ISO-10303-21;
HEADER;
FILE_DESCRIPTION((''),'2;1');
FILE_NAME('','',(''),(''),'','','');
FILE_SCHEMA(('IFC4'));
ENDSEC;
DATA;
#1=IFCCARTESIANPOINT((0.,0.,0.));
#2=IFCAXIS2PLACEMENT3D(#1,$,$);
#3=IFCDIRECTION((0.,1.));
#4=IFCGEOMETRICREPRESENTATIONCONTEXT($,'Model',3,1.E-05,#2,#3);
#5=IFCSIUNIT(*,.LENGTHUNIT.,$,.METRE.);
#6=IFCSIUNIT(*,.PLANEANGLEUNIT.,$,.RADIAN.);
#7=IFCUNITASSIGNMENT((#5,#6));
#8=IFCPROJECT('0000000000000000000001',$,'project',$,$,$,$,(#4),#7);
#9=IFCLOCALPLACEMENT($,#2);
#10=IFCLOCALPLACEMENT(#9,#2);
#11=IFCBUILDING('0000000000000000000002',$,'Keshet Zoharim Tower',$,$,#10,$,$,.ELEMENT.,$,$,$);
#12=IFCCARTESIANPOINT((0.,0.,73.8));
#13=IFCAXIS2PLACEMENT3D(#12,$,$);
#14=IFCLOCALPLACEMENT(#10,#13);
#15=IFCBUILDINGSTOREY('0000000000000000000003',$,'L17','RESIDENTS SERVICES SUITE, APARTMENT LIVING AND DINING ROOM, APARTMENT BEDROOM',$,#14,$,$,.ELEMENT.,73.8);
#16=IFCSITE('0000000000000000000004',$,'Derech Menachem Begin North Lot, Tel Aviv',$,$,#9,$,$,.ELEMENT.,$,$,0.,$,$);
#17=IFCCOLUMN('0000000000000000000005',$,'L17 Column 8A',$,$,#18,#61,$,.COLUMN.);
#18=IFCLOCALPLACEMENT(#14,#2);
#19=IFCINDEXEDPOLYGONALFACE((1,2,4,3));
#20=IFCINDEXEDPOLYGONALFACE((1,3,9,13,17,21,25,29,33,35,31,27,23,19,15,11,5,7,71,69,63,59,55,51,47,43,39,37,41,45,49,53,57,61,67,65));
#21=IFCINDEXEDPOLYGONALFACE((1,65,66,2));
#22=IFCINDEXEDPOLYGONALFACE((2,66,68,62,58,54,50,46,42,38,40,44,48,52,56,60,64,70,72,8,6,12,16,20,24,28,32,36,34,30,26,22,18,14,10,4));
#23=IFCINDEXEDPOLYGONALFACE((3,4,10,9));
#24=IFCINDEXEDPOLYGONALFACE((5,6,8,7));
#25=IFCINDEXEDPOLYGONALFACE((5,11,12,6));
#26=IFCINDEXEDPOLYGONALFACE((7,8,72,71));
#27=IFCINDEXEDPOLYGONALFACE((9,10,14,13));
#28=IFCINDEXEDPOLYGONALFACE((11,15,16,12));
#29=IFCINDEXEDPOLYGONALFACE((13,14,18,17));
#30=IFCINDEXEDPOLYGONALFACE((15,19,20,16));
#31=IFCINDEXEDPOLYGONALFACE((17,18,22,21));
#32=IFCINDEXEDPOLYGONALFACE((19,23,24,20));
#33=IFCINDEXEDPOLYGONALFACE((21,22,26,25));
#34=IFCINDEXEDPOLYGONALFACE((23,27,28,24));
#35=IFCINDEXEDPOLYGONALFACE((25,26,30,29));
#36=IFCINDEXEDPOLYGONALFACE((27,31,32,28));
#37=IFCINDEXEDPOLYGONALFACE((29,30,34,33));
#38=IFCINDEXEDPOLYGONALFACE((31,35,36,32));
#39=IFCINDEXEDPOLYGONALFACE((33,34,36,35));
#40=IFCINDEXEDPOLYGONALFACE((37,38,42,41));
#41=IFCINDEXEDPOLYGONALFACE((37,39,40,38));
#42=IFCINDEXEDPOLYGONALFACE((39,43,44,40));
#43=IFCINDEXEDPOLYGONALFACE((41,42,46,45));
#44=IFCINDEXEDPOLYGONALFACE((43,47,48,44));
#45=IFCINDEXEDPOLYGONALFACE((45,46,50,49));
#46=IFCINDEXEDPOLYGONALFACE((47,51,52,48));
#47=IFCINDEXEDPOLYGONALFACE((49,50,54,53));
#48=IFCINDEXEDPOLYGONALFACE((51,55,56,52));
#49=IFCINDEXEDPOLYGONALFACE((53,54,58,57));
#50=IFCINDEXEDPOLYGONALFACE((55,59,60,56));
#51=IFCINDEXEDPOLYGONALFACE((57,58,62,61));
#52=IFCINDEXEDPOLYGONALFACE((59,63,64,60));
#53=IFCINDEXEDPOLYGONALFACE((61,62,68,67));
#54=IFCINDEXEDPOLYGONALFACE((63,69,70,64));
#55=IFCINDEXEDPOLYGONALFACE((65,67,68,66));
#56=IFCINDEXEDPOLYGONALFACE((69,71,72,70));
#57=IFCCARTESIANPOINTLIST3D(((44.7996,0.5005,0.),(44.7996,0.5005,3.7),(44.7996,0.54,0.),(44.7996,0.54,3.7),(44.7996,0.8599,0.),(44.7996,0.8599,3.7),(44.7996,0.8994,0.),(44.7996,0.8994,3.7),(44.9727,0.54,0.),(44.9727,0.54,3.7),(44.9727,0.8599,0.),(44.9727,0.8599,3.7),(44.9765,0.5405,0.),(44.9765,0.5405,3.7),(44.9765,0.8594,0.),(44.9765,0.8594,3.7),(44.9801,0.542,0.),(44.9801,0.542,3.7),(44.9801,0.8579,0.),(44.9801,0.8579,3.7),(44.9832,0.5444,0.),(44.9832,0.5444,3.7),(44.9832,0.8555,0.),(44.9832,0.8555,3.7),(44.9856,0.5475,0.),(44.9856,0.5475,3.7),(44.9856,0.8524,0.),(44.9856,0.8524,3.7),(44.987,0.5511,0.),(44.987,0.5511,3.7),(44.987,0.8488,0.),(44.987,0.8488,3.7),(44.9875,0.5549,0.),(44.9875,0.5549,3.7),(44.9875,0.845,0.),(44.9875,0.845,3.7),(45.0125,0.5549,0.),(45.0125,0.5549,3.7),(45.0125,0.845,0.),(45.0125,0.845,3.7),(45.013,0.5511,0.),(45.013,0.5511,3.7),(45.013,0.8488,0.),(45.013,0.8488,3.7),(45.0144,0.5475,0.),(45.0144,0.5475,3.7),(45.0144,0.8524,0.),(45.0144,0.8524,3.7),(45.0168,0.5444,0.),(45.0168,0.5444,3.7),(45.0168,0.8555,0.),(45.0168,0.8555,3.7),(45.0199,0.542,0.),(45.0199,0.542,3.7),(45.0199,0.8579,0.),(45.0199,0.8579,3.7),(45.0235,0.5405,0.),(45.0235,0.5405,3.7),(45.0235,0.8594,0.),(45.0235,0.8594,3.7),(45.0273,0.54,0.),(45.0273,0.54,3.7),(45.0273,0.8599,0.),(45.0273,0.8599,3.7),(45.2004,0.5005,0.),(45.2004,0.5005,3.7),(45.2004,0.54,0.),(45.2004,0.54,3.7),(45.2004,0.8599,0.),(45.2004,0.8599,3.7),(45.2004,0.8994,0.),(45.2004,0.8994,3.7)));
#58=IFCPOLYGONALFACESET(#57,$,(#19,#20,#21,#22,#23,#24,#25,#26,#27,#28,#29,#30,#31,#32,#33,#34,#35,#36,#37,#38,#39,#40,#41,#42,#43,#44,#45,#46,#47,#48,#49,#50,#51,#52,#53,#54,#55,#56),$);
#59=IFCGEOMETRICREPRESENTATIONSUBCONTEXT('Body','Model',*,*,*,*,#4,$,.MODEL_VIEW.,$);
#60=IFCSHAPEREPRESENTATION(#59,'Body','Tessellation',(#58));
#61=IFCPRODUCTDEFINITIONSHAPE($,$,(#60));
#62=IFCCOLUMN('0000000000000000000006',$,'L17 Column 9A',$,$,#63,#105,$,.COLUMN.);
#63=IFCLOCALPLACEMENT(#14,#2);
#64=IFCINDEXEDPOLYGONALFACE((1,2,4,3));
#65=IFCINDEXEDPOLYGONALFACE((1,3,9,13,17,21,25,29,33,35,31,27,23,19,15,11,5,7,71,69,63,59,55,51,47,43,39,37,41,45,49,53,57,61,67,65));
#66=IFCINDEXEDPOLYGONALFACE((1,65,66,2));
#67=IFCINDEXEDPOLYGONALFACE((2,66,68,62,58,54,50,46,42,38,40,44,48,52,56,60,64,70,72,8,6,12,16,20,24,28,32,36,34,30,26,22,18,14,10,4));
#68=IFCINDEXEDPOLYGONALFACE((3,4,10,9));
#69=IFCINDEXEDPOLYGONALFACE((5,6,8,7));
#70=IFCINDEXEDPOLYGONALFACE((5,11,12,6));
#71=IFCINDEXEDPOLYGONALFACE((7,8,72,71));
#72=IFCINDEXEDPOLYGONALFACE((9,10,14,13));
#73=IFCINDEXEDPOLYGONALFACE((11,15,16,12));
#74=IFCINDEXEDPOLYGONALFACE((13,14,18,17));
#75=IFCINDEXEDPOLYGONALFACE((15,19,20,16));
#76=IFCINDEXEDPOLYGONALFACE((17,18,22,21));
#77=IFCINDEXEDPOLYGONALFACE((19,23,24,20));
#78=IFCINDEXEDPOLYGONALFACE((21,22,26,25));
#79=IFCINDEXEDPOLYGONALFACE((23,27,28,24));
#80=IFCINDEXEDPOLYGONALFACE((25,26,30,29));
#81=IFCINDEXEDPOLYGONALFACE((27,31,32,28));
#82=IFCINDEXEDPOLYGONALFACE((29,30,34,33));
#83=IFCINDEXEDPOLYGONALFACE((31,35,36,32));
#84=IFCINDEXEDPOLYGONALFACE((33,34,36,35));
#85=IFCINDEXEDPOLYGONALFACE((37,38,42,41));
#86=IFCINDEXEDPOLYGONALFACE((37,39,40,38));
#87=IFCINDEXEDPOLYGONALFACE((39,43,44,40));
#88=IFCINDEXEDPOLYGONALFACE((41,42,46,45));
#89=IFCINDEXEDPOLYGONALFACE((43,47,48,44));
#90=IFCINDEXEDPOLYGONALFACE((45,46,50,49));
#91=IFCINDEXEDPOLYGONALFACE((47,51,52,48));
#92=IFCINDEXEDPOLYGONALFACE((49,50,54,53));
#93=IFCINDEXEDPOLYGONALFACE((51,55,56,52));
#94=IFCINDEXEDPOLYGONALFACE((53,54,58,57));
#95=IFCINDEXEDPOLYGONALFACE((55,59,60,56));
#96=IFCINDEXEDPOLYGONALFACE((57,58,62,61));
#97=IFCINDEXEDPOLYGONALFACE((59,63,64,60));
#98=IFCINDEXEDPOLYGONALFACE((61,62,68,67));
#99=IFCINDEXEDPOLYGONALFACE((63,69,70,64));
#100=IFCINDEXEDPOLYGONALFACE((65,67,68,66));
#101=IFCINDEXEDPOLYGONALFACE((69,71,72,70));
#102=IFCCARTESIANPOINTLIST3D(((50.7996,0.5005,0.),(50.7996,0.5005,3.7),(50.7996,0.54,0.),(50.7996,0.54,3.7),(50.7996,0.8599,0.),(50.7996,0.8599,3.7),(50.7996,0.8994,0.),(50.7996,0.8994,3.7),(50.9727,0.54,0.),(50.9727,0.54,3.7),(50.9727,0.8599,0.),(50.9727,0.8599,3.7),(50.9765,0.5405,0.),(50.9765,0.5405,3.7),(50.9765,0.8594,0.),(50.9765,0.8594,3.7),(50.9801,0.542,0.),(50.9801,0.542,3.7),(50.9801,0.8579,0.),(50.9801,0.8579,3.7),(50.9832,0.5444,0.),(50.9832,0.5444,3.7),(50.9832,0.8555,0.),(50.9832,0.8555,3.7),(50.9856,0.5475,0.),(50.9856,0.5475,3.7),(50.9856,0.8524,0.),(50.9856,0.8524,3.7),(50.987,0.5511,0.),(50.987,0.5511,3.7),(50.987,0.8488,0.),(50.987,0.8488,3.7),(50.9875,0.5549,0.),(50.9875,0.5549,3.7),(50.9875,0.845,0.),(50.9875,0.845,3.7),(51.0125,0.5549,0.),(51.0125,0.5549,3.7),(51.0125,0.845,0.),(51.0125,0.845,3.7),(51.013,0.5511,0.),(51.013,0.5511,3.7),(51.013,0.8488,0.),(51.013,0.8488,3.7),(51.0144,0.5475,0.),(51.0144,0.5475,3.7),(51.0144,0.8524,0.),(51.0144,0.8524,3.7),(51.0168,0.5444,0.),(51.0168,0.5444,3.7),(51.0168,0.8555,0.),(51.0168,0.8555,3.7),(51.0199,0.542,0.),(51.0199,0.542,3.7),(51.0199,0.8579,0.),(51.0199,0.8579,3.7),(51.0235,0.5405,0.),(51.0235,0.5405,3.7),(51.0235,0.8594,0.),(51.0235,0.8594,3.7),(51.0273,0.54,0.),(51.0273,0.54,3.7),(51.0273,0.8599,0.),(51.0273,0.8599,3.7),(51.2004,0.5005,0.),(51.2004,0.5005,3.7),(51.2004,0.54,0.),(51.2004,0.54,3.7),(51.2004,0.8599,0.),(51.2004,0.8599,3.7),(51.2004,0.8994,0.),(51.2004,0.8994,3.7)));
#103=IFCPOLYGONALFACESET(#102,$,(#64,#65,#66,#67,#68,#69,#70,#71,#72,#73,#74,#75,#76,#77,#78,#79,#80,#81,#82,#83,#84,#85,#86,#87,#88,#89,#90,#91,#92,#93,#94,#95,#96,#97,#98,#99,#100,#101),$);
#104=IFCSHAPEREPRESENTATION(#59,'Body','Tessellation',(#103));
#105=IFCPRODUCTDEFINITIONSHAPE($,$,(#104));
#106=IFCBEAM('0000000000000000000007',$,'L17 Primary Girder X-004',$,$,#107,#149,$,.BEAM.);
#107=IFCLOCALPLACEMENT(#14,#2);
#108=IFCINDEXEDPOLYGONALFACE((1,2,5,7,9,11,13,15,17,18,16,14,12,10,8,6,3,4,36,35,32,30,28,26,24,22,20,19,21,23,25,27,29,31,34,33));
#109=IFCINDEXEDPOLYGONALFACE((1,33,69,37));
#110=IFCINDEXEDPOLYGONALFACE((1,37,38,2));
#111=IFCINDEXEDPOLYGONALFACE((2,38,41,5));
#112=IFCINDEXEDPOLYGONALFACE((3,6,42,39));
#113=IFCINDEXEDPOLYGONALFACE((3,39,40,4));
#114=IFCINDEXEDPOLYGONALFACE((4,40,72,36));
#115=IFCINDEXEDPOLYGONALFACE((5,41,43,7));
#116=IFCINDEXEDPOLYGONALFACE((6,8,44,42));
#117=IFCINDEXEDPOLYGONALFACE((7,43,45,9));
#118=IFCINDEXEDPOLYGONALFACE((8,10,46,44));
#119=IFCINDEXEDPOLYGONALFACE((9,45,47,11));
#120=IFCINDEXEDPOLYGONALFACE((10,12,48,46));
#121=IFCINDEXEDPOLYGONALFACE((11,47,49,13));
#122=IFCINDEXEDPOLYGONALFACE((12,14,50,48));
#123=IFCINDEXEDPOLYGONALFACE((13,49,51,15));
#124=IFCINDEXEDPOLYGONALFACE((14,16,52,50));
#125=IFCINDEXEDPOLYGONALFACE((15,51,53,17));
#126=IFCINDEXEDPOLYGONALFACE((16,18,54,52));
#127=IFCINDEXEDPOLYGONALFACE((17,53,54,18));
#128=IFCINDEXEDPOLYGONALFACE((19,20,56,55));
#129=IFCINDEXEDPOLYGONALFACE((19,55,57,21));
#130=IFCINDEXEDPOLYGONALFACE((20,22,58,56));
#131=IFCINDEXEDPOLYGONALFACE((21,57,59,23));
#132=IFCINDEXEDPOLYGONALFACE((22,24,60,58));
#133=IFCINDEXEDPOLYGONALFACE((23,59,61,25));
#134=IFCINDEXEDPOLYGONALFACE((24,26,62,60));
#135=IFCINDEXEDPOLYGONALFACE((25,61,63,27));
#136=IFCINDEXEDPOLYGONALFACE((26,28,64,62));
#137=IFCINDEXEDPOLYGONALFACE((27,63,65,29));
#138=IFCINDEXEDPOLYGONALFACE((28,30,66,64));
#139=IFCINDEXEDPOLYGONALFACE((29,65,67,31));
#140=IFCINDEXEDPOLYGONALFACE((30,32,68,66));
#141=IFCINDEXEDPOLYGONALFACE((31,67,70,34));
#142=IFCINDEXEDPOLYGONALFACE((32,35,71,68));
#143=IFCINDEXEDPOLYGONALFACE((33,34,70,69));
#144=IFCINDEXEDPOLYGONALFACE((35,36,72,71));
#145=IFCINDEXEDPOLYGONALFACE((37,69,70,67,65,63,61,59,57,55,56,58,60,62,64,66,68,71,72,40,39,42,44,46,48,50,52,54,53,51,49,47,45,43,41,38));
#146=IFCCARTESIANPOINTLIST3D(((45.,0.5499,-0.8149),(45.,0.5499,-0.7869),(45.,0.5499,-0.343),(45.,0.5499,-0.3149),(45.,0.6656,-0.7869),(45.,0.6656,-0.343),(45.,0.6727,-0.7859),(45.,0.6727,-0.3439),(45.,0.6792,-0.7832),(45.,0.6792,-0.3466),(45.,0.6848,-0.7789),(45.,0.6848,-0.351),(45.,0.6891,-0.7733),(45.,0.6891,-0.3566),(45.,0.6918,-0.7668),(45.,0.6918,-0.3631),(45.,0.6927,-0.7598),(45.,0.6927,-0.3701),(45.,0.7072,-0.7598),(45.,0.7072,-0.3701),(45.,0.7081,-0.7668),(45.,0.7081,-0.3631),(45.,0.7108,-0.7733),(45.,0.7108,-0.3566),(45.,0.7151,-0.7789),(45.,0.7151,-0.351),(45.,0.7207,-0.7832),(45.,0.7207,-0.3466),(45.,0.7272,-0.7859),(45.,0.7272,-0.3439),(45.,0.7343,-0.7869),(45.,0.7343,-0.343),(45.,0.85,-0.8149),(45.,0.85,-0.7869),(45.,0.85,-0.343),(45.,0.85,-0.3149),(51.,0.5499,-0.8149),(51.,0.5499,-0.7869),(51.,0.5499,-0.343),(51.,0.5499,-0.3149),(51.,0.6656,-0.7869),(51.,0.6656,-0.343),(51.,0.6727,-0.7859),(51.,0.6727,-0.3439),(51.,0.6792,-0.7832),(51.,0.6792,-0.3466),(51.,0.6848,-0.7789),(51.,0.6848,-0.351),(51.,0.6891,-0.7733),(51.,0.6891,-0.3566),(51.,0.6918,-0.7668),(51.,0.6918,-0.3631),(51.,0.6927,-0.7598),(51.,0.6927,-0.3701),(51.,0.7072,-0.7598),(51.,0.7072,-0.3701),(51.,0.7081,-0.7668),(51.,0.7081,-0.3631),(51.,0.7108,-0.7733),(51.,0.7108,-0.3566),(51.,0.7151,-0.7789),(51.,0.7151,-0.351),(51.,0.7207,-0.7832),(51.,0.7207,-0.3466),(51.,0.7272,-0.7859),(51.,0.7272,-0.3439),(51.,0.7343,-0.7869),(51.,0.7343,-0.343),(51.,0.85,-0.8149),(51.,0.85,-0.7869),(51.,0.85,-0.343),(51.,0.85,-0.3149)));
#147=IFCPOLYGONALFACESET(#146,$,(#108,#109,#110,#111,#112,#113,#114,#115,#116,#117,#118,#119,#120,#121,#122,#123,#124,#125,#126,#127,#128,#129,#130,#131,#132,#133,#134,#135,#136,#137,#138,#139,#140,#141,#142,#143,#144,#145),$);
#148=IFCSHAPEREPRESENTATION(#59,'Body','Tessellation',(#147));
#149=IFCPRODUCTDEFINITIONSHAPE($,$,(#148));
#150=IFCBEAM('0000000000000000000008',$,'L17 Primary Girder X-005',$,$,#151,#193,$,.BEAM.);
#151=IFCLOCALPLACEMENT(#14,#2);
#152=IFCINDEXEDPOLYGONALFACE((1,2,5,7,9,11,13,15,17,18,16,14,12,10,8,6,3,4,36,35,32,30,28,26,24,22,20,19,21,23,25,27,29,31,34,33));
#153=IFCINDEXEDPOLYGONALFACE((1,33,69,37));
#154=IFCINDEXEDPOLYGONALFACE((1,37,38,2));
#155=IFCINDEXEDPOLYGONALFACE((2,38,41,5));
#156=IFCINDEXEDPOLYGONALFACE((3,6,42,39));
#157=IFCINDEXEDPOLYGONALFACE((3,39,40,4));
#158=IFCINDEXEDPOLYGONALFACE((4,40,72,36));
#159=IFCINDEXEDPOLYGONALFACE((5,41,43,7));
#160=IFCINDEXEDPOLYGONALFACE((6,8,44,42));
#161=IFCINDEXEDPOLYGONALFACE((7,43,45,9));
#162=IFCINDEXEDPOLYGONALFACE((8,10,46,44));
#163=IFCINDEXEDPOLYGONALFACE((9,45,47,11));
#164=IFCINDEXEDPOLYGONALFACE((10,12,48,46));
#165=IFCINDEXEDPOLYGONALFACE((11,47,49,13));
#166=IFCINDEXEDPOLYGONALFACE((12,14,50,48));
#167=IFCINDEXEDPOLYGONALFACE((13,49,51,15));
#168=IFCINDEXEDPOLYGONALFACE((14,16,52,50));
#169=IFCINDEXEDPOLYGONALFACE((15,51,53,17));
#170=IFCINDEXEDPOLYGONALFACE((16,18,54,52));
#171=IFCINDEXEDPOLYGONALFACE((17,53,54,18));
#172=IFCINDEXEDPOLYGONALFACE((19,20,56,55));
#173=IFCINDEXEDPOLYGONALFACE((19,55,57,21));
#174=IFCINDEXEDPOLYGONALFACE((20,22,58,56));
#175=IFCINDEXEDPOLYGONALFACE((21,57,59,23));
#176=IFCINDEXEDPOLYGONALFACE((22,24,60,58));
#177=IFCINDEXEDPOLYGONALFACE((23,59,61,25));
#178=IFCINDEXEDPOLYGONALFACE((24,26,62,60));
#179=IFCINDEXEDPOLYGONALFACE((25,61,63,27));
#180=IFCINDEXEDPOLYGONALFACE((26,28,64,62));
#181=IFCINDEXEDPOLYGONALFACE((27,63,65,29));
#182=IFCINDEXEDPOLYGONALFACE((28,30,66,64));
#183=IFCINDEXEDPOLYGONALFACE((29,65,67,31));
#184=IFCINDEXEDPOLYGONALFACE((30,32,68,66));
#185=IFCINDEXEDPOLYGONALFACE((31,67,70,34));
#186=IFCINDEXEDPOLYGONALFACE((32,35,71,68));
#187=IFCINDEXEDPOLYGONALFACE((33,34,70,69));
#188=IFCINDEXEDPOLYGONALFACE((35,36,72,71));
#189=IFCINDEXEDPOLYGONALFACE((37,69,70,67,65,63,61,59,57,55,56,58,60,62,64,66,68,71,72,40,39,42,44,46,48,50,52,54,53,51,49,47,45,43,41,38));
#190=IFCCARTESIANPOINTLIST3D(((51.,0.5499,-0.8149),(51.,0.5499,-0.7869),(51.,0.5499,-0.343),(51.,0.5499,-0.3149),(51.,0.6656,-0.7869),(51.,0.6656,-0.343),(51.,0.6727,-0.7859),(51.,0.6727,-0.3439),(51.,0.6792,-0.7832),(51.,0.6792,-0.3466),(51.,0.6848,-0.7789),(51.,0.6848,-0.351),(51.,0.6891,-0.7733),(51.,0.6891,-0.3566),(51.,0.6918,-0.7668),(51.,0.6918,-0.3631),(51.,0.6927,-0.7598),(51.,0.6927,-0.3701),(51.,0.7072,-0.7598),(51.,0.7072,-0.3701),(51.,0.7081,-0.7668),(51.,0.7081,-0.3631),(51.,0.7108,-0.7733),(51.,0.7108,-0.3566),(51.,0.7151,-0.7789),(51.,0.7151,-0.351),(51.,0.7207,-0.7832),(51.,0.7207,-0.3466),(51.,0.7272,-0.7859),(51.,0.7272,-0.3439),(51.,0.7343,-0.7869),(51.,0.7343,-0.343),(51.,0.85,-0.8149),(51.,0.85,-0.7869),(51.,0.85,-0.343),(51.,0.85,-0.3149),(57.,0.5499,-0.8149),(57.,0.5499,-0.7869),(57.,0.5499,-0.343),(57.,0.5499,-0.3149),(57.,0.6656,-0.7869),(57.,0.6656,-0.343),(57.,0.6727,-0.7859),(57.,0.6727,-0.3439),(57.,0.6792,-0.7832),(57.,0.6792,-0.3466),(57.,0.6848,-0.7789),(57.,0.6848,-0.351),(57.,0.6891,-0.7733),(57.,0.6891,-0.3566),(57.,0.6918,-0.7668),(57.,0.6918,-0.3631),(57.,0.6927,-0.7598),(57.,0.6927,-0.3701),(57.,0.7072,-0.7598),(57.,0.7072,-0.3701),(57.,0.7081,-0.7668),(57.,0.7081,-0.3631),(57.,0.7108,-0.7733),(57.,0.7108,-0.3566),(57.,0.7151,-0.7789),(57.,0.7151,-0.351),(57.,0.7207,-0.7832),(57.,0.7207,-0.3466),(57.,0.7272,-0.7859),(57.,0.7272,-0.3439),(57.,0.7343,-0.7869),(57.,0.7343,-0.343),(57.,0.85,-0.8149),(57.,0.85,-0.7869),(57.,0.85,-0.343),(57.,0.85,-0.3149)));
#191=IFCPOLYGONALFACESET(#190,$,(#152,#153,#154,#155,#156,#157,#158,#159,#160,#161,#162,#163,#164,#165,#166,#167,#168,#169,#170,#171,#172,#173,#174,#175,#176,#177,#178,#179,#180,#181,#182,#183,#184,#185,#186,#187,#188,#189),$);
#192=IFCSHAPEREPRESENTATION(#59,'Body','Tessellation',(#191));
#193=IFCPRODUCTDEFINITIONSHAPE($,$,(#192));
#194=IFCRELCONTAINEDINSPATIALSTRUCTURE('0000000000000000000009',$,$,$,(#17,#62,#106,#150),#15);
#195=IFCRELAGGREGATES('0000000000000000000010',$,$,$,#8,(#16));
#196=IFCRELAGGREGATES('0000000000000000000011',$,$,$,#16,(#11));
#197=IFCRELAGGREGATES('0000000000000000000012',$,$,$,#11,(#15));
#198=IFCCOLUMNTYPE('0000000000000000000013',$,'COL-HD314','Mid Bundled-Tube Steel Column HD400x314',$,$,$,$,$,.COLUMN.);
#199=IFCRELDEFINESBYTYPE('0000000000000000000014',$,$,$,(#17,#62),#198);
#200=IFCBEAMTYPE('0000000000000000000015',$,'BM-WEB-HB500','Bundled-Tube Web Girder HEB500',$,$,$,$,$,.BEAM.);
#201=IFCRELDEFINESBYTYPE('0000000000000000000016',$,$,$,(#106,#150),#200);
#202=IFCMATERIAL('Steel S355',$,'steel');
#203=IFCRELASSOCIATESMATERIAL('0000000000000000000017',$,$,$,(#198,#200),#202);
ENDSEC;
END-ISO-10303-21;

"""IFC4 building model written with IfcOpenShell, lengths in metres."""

from ifc_helpers import new_model, si_unit, direction, frame, origin, origin_2d, place, context, subcontext, project, spatial, i_section, extrude, material, material_profile, profile_set, type_object, element, save


model = new_model("IFC4")

# Units and contexts
model_context = context("Model", 3, precision=1e-05, world=origin(), true_north=direction((0.0, 1.0)))
body_context = subcontext(model_context, "Body", "Model", "MODEL_VIEW")
ifc_project = project(units=[si_unit("LENGTHUNIT", "METRE"), si_unit("PLANEANGLEUNIT", "RADIAN")], contexts=[model_context])

# Site, building, storey
site_placement = place(None, origin())
site = spatial("IfcSite", under=ifc_project, at=site_placement, Name="Derech Menachem Begin North Lot, Tel Aviv", CompositionType="ELEMENT", RefElevation=0.0)
building_placement = place(site_placement, origin())
building = spatial("IfcBuilding", under=site, at=building_placement, Name="Keshet Zoharim Tower", CompositionType="ELEMENT")
storey_placement = place(building_placement, frame((0.0, 0.0, 73.8)))
storey = spatial("IfcBuildingStorey", under=building, at=storey_placement, Name="L17", Description="RESIDENTS SERVICES SUITE, APARTMENT LIVING AND DINING ROOM, APARTMENT BEDROOM", CompositionType="ELEMENT", Elevation=73.8)

# Columns
ifc_material_1 = material(Name="Steel S355", Category="steel")
ifc_material_profile_1 = material_profile(ifc_material_1, i_section(OverallWidth=0.4009, OverallDepth=0.3989, WebThickness=0.0249, FlangeThickness=0.0396, FilletRadius=0.0149, at=origin_2d()), Name="HD400x314")
ifc_profile_set_1 = profile_set([ifc_material_profile_1], Name="Steel S355")
column_type = type_object("IfcColumnType", Name="COL-HD314", Description="Mid Bundled-Tube Steel Column HD400x314", PredefinedType="COLUMN", material=ifc_profile_set_1)
for number, where, z_axis, x_axis, name in (
    (1, (45.0, 0.7, 0.0), (0.0, 0.0, 1.0), (1.0, 0.0, 0.0), "L17 Column 8A"),
    (2, (51.0, 0.7, 0.0), (0.0, 0.0, 1.0), (1.0, 0.0, 0.0), "L17 Column 9A"),
):
    element("IfcColumn", number, at=place(storey_placement, frame(where, z_axis=z_axis, x_axis=x_axis)), inside=storey, type_object=column_type, Name=name, PredefinedType="COLUMN", context=body_context, shape_type="SweptSolid", body=[
        extrude(i_section(OverallWidth=0.4009, OverallDepth=0.3989, WebThickness=0.0249, FlangeThickness=0.0396, FilletRadius=0.0149, at=origin_2d()), origin(), (0.0, 0.0, 1.0), 3.7),
    ])

# Beams
ifc_material_profile_2 = material_profile(ifc_material_1, i_section(OverallWidth=0.3, OverallDepth=0.5, WebThickness=0.0144, FlangeThickness=0.0281, FilletRadius=0.0271, at=origin_2d()), Name="HEB500")
ifc_profile_set_2 = profile_set([ifc_material_profile_2], Name="Steel S355")
beam_type = type_object("IfcBeamType", Name="BM-WEB-HB500", Description="Bundled-Tube Web Girder HEB500", PredefinedType="BEAM", material=ifc_profile_set_2)
for number, where, z_axis, x_axis, name in (
    (3, (45.0, 0.7, -0.5649), (1.0, 0.0, 0.0), (0.0, 1.0, 0.0), "L17 Primary Girder X-004"),
    (4, (51.0, 0.7, -0.5649), (1.0, 0.0, 0.0), (0.0, 1.0, 0.0), "L17 Primary Girder X-005"),
):
    element("IfcBeam", number, at=place(storey_placement, frame(where, z_axis=z_axis, x_axis=x_axis)), inside=storey, type_object=beam_type, Name=name, PredefinedType="BEAM", context=body_context, shape_type="SweptSolid", body=[
        extrude(i_section(OverallWidth=0.3, OverallDepth=0.5, WebThickness=0.0144, FlangeThickness=0.0281, FilletRadius=0.0271, at=origin_2d()), origin(), (0.0, 0.0, 1.0), 6.0),
    ])

save(model, "model.ifc")
